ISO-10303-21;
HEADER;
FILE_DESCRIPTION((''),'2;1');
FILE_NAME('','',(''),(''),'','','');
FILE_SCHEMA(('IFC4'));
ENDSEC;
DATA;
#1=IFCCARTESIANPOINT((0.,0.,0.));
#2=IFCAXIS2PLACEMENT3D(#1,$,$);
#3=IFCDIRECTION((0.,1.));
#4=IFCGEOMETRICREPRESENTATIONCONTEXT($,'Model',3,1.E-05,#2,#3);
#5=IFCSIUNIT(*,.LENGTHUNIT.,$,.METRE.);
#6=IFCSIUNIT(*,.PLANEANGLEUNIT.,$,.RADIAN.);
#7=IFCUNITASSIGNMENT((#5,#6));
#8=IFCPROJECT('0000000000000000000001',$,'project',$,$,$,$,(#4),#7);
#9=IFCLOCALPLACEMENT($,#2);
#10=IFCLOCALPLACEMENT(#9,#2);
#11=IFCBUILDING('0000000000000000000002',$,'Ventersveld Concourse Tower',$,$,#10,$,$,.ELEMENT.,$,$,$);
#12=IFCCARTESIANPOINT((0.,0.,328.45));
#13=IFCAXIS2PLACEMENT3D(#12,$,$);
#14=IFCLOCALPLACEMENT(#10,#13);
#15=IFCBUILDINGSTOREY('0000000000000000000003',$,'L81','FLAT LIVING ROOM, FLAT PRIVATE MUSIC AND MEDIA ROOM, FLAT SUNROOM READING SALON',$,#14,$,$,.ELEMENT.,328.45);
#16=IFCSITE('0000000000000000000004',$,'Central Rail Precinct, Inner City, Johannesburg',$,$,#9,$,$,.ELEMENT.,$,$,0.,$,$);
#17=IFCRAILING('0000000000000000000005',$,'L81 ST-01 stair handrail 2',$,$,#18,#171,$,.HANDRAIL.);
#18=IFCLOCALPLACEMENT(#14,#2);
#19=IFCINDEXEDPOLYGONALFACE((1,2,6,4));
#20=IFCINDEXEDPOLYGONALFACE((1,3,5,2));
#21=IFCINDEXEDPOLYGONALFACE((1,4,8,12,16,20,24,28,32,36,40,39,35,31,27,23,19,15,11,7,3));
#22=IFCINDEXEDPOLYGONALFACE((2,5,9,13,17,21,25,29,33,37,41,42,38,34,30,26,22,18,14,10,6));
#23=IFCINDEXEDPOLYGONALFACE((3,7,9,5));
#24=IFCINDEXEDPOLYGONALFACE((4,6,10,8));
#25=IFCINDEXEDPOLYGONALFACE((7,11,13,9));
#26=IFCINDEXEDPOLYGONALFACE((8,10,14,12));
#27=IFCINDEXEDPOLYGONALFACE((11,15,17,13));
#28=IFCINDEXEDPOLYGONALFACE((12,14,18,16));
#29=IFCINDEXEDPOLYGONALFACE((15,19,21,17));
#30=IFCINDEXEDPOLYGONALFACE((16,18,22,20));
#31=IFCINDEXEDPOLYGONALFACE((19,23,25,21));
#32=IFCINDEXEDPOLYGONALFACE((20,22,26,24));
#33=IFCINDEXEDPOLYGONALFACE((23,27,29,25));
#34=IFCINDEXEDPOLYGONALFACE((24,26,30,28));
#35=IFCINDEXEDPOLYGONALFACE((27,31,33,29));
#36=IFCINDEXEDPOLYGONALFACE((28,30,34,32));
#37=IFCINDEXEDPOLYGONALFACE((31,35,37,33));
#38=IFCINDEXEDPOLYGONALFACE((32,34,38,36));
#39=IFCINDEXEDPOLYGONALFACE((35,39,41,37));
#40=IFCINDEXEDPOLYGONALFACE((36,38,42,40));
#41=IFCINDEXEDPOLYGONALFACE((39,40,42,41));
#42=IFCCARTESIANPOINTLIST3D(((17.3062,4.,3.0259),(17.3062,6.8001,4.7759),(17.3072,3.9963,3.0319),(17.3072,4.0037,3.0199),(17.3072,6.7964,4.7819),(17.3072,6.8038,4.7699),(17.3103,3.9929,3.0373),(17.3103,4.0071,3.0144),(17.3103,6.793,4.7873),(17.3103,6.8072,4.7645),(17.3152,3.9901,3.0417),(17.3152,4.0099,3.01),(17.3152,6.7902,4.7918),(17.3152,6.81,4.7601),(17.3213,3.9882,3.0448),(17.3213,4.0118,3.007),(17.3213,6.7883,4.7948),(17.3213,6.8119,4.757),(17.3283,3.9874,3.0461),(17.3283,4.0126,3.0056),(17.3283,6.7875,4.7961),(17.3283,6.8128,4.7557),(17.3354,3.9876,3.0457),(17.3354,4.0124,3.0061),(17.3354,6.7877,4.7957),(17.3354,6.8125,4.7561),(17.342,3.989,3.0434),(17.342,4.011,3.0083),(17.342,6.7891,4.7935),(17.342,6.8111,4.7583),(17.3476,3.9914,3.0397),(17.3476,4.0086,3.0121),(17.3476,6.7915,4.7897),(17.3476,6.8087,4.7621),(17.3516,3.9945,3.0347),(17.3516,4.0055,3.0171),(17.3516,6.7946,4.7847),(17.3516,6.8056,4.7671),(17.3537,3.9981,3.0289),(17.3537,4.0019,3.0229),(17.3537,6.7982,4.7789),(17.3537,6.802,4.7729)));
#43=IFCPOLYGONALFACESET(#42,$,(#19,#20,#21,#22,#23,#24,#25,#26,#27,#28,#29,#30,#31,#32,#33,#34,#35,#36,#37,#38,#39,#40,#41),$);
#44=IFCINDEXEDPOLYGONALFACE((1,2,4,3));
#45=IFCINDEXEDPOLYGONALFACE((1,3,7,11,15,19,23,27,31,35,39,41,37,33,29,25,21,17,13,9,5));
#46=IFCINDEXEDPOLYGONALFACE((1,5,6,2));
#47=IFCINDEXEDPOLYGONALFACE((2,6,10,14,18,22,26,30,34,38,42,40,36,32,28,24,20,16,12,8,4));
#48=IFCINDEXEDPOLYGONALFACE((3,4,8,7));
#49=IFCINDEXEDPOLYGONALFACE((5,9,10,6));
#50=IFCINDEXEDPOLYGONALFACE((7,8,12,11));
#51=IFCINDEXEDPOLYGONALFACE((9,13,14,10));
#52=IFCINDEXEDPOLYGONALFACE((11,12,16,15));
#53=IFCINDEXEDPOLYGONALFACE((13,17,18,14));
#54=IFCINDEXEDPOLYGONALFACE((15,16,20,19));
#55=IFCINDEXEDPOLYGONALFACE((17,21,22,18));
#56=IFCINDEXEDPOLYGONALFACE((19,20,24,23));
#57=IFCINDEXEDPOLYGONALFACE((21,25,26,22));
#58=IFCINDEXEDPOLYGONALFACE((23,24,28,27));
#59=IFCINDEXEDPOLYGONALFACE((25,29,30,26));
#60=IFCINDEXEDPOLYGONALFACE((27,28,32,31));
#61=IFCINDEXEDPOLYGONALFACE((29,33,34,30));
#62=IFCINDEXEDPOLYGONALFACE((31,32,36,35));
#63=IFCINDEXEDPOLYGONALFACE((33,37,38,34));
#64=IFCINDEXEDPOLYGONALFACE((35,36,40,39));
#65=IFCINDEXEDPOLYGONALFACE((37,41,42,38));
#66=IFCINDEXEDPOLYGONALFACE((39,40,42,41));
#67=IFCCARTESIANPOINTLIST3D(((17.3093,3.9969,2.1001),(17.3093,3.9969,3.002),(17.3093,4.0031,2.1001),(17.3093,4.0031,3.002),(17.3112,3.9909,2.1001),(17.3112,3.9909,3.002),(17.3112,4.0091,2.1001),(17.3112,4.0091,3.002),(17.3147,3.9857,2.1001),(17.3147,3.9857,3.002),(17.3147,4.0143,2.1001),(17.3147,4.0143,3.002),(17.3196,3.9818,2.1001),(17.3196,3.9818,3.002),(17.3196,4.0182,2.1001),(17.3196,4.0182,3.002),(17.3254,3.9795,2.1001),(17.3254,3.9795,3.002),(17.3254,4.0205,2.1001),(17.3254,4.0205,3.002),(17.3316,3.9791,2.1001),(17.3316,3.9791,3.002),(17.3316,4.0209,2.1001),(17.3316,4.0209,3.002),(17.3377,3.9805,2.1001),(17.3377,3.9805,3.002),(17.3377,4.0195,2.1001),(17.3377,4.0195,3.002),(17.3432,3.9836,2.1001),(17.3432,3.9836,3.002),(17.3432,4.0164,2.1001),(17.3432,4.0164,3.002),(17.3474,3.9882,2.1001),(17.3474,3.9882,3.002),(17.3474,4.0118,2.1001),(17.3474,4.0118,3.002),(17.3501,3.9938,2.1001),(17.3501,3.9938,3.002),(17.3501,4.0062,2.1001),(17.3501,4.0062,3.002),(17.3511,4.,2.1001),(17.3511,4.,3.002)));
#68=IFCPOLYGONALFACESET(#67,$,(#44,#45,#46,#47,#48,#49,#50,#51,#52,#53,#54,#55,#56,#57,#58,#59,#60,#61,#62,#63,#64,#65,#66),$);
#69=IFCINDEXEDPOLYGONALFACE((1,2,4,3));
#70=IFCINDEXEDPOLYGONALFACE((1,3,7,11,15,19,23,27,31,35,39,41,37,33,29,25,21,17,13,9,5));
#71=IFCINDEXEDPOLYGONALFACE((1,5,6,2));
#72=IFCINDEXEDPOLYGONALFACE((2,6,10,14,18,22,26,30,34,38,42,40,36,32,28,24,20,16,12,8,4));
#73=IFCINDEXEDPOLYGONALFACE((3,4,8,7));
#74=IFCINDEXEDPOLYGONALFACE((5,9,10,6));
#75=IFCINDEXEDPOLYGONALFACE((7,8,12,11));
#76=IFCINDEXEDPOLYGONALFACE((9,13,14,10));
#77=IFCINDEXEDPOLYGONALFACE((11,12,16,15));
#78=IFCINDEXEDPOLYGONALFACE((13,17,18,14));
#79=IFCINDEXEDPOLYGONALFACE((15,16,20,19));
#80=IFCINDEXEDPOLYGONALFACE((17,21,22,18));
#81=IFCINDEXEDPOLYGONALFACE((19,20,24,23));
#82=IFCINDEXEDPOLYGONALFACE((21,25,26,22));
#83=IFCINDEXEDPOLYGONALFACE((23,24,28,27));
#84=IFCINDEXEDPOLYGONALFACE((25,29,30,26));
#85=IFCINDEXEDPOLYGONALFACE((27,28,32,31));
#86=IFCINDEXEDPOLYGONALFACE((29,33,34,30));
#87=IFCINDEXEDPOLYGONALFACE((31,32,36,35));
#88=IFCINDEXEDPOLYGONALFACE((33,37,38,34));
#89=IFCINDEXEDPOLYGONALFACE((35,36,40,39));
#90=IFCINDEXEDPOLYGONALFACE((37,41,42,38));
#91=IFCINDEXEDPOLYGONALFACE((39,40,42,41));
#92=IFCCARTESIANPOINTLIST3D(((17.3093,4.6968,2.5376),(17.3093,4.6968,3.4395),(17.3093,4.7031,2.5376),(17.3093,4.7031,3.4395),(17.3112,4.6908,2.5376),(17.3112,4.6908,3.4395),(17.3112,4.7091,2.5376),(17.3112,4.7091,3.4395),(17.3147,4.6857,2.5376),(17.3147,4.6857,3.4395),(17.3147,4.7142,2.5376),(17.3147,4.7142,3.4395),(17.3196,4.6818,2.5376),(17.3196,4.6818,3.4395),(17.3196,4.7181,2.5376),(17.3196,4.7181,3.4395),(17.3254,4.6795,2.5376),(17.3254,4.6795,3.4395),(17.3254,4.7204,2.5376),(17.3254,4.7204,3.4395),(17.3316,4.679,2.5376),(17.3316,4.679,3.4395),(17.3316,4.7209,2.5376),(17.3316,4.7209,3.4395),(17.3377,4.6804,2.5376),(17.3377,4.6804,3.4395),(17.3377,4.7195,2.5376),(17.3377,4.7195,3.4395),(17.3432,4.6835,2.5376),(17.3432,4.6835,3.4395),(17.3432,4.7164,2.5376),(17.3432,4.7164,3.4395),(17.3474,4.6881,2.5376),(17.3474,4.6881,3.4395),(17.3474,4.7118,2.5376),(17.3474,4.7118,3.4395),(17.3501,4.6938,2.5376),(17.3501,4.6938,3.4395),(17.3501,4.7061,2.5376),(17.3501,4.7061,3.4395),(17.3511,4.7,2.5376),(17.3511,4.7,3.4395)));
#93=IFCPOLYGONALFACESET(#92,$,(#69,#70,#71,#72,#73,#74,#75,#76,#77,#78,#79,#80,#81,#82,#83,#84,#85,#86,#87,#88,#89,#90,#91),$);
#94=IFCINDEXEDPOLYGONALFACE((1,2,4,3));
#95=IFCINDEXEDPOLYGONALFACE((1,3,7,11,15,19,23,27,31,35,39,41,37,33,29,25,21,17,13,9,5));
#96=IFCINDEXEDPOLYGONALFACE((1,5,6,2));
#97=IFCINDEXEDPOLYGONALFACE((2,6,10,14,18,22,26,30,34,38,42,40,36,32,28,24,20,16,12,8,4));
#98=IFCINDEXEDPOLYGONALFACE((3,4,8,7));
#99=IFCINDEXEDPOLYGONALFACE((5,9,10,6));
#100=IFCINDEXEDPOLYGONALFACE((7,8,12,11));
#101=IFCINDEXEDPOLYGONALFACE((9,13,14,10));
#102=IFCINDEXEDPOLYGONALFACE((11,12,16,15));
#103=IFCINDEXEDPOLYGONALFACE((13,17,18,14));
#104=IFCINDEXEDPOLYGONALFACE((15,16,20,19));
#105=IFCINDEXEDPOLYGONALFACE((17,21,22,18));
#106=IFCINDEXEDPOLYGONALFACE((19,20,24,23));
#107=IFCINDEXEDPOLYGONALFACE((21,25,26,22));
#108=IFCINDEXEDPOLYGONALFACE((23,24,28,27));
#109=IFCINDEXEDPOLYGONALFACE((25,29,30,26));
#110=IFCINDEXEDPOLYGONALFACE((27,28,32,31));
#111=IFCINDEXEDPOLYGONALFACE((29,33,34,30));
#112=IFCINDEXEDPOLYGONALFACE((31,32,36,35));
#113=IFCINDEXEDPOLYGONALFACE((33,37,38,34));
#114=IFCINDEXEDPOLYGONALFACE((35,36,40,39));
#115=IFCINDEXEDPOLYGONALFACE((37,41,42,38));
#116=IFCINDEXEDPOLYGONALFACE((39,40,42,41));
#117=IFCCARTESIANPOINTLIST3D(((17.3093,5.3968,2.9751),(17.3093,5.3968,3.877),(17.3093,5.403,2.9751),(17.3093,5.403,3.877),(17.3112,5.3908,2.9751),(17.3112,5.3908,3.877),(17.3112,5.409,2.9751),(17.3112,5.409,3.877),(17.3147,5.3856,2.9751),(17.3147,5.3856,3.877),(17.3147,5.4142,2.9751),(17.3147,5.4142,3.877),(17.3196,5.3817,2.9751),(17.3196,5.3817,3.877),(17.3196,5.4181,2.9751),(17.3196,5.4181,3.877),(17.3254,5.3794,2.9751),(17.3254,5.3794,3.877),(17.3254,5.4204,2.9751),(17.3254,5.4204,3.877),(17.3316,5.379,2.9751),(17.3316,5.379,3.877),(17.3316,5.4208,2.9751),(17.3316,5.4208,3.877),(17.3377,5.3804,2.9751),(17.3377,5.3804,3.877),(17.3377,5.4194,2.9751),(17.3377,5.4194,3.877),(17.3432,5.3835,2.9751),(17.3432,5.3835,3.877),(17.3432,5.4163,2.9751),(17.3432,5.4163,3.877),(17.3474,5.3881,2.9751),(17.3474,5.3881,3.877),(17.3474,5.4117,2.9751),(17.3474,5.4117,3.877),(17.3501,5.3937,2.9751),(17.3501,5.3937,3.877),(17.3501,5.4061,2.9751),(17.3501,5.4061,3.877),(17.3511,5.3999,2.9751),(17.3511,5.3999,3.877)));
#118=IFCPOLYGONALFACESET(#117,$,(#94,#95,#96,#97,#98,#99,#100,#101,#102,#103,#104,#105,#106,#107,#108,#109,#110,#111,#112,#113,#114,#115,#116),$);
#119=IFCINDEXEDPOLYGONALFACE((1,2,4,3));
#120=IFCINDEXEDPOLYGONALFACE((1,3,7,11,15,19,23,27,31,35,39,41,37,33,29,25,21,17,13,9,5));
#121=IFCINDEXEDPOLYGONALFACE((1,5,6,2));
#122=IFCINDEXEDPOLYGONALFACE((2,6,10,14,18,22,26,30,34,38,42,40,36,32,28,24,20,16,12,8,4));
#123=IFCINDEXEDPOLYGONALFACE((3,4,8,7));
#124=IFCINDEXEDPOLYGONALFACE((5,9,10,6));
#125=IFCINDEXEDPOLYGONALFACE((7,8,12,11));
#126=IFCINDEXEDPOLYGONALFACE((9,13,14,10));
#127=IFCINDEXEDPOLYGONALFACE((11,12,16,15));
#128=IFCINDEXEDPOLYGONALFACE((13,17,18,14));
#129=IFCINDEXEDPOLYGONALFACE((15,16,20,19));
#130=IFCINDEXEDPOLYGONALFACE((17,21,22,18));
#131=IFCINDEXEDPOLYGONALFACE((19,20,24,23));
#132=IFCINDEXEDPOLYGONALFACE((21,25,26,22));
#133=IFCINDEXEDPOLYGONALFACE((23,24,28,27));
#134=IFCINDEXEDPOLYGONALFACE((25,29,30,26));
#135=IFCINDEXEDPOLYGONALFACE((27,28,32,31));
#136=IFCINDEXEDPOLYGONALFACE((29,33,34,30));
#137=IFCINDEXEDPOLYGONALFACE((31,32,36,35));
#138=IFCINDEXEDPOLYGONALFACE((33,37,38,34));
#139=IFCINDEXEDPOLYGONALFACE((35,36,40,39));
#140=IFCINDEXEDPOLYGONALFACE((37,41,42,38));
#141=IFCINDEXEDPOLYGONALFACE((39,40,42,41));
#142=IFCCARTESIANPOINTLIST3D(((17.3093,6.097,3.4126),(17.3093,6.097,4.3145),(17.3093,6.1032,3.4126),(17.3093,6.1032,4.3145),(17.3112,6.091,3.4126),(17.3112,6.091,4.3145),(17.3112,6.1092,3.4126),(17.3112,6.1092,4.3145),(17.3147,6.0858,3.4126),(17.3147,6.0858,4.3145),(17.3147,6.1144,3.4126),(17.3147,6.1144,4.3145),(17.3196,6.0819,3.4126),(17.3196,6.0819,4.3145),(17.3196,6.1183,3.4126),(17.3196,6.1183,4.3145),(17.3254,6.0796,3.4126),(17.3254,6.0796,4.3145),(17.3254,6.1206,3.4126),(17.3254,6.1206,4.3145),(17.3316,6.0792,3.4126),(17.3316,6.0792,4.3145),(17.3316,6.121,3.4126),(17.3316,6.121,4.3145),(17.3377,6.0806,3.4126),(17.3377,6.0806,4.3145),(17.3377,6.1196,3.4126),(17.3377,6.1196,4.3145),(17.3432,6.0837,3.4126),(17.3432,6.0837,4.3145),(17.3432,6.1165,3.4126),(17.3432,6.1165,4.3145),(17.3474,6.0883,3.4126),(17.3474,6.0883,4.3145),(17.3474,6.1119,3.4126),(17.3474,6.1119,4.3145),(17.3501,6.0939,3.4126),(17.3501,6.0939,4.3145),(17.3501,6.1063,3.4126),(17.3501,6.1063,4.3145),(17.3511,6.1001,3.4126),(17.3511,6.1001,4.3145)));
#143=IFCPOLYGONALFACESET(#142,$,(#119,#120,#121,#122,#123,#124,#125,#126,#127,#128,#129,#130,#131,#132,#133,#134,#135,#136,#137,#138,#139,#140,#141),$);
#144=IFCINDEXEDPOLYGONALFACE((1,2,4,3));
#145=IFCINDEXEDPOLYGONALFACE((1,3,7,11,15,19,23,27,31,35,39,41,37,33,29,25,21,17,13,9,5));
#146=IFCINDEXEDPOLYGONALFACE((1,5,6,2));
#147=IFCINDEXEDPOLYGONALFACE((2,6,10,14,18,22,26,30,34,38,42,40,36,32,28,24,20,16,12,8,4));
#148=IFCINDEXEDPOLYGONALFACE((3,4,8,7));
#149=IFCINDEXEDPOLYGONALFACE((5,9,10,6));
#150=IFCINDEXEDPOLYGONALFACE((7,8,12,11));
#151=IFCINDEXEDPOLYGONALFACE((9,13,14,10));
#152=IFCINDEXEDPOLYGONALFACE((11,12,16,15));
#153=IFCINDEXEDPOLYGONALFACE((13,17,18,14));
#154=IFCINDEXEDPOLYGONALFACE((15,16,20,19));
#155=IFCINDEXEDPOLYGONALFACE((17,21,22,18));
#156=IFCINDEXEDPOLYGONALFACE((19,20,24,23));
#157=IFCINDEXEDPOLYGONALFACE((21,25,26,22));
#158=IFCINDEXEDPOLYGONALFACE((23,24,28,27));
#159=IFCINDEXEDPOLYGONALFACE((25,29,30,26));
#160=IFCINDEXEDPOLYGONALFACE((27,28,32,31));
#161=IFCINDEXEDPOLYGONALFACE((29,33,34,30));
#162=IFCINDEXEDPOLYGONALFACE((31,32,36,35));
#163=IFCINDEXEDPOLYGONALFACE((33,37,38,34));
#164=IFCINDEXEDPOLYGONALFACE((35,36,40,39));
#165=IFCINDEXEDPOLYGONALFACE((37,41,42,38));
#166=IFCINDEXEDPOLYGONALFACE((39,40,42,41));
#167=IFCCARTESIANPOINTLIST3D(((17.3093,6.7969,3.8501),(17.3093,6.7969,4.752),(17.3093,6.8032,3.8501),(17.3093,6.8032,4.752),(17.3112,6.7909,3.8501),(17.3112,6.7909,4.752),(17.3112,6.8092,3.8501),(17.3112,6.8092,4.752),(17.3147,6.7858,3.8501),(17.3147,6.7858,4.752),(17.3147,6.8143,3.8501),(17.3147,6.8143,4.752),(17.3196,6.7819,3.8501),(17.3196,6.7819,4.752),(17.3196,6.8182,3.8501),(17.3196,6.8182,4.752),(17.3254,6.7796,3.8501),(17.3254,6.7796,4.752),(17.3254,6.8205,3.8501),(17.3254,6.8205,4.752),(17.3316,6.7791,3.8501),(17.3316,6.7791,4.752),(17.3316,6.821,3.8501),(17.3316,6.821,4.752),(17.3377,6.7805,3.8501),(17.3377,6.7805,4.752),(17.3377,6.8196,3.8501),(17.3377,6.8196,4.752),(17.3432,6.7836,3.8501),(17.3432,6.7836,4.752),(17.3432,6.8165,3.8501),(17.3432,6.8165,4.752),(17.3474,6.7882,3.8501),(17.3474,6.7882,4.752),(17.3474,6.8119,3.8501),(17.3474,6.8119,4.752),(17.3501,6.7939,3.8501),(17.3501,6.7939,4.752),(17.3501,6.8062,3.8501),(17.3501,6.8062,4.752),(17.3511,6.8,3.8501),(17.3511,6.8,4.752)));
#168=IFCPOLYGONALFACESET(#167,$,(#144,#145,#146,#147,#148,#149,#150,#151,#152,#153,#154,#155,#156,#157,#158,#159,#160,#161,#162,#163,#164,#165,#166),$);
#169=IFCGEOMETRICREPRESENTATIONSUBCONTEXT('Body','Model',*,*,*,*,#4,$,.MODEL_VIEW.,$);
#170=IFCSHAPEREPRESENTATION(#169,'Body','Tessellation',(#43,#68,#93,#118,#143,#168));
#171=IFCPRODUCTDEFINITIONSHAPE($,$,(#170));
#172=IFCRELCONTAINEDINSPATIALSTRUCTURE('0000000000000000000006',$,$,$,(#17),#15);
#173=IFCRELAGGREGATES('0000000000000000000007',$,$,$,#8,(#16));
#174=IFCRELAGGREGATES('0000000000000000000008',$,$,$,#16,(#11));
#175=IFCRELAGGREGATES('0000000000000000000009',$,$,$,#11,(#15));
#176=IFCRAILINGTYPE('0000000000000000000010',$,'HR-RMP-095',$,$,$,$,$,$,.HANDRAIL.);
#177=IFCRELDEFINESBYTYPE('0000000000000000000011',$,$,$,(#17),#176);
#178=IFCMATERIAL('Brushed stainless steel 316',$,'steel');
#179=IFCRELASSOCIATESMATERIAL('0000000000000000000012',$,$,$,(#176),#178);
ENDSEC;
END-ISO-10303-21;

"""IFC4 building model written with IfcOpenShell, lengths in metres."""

from ifc_helpers import new_model, si_unit, direction, frame, origin, origin_2d, place, context, subcontext, project, spatial, circle, extrude, material, type_object, element, save


model = new_model("IFC4")

# Units and contexts
model_context = context("Model", 3, precision=1e-05, world=origin(), true_north=direction((0.0, 1.0)))
body_context = subcontext(model_context, "Body", "Model", "MODEL_VIEW")
ifc_project = project(units=[si_unit("LENGTHUNIT", "METRE"), si_unit("PLANEANGLEUNIT", "RADIAN")], contexts=[model_context])

# Site, building, storey
site_placement = place(None, origin())
site = spatial("IfcSite", under=ifc_project, at=site_placement, Name="Central Rail Precinct, Inner City, Johannesburg", CompositionType="ELEMENT", RefElevation=0.0)
building_placement = place(site_placement, origin())
building = spatial("IfcBuilding", under=site, at=building_placement, Name="Ventersveld Concourse Tower", CompositionType="ELEMENT")
storey_placement = place(building_placement, frame((0.0, 0.0, 328.45)))
storey = spatial("IfcBuildingStorey", under=building, at=storey_placement, Name="L81", Description="FLAT LIVING ROOM, FLAT PRIVATE MUSIC AND MEDIA ROOM, FLAT SUNROOM READING SALON", CompositionType="ELEMENT", Elevation=328.45)

# Shared definitions
ifc_material_1 = material(Name="Brushed stainless steel 316", Category="steel")

# Railing
railing_type_1 = type_object("IfcRailingType", Name="HR-RMP-095", PredefinedType="HANDRAIL", material=ifc_material_1)
railing_1_placement = place(storey_placement, frame((17.3301, 4.0, 2.1001)))
element("IfcRailing", 1, at=railing_1_placement, inside=storey, type_object=railing_type_1, Name="L81 ST-01 stair handrail 2", PredefinedType="HANDRAIL", context=body_context, shape_type="SweptSolid", body=[
    extrude(circle(Radius=0.0239, at=origin_2d()), frame((0.0, 0.0, 0.9258), z_axis=(0.0, 0.848002, 0.529992), x_axis=(-1.0, 0.0, 0.0)), (0.0, 0.0, 1.0), 3.302),
    extrude(circle(Radius=0.021, at=origin_2d()), origin(), (0.0, 0.0, 1.0), 0.9019),
    extrude(circle(Radius=0.021, at=origin_2d()), frame((0.0, 0.7, 0.4375)), (0.0, 0.0, 1.0), 0.9019),
    extrude(circle(Radius=0.021, at=origin_2d()), frame((0.0, 1.3999, 0.875)), (0.0, 0.0, 1.0), 0.9019),
    extrude(circle(Radius=0.021, at=origin_2d()), frame((0.0, 2.1001, 1.3125)), (0.0, 0.0, 1.0), 0.9019),
    extrude(circle(Radius=0.021, at=origin_2d()), frame((0.0, 2.8, 1.75)), (0.0, 0.0, 1.0), 0.9019),
])

save(model, "model.ifc")
